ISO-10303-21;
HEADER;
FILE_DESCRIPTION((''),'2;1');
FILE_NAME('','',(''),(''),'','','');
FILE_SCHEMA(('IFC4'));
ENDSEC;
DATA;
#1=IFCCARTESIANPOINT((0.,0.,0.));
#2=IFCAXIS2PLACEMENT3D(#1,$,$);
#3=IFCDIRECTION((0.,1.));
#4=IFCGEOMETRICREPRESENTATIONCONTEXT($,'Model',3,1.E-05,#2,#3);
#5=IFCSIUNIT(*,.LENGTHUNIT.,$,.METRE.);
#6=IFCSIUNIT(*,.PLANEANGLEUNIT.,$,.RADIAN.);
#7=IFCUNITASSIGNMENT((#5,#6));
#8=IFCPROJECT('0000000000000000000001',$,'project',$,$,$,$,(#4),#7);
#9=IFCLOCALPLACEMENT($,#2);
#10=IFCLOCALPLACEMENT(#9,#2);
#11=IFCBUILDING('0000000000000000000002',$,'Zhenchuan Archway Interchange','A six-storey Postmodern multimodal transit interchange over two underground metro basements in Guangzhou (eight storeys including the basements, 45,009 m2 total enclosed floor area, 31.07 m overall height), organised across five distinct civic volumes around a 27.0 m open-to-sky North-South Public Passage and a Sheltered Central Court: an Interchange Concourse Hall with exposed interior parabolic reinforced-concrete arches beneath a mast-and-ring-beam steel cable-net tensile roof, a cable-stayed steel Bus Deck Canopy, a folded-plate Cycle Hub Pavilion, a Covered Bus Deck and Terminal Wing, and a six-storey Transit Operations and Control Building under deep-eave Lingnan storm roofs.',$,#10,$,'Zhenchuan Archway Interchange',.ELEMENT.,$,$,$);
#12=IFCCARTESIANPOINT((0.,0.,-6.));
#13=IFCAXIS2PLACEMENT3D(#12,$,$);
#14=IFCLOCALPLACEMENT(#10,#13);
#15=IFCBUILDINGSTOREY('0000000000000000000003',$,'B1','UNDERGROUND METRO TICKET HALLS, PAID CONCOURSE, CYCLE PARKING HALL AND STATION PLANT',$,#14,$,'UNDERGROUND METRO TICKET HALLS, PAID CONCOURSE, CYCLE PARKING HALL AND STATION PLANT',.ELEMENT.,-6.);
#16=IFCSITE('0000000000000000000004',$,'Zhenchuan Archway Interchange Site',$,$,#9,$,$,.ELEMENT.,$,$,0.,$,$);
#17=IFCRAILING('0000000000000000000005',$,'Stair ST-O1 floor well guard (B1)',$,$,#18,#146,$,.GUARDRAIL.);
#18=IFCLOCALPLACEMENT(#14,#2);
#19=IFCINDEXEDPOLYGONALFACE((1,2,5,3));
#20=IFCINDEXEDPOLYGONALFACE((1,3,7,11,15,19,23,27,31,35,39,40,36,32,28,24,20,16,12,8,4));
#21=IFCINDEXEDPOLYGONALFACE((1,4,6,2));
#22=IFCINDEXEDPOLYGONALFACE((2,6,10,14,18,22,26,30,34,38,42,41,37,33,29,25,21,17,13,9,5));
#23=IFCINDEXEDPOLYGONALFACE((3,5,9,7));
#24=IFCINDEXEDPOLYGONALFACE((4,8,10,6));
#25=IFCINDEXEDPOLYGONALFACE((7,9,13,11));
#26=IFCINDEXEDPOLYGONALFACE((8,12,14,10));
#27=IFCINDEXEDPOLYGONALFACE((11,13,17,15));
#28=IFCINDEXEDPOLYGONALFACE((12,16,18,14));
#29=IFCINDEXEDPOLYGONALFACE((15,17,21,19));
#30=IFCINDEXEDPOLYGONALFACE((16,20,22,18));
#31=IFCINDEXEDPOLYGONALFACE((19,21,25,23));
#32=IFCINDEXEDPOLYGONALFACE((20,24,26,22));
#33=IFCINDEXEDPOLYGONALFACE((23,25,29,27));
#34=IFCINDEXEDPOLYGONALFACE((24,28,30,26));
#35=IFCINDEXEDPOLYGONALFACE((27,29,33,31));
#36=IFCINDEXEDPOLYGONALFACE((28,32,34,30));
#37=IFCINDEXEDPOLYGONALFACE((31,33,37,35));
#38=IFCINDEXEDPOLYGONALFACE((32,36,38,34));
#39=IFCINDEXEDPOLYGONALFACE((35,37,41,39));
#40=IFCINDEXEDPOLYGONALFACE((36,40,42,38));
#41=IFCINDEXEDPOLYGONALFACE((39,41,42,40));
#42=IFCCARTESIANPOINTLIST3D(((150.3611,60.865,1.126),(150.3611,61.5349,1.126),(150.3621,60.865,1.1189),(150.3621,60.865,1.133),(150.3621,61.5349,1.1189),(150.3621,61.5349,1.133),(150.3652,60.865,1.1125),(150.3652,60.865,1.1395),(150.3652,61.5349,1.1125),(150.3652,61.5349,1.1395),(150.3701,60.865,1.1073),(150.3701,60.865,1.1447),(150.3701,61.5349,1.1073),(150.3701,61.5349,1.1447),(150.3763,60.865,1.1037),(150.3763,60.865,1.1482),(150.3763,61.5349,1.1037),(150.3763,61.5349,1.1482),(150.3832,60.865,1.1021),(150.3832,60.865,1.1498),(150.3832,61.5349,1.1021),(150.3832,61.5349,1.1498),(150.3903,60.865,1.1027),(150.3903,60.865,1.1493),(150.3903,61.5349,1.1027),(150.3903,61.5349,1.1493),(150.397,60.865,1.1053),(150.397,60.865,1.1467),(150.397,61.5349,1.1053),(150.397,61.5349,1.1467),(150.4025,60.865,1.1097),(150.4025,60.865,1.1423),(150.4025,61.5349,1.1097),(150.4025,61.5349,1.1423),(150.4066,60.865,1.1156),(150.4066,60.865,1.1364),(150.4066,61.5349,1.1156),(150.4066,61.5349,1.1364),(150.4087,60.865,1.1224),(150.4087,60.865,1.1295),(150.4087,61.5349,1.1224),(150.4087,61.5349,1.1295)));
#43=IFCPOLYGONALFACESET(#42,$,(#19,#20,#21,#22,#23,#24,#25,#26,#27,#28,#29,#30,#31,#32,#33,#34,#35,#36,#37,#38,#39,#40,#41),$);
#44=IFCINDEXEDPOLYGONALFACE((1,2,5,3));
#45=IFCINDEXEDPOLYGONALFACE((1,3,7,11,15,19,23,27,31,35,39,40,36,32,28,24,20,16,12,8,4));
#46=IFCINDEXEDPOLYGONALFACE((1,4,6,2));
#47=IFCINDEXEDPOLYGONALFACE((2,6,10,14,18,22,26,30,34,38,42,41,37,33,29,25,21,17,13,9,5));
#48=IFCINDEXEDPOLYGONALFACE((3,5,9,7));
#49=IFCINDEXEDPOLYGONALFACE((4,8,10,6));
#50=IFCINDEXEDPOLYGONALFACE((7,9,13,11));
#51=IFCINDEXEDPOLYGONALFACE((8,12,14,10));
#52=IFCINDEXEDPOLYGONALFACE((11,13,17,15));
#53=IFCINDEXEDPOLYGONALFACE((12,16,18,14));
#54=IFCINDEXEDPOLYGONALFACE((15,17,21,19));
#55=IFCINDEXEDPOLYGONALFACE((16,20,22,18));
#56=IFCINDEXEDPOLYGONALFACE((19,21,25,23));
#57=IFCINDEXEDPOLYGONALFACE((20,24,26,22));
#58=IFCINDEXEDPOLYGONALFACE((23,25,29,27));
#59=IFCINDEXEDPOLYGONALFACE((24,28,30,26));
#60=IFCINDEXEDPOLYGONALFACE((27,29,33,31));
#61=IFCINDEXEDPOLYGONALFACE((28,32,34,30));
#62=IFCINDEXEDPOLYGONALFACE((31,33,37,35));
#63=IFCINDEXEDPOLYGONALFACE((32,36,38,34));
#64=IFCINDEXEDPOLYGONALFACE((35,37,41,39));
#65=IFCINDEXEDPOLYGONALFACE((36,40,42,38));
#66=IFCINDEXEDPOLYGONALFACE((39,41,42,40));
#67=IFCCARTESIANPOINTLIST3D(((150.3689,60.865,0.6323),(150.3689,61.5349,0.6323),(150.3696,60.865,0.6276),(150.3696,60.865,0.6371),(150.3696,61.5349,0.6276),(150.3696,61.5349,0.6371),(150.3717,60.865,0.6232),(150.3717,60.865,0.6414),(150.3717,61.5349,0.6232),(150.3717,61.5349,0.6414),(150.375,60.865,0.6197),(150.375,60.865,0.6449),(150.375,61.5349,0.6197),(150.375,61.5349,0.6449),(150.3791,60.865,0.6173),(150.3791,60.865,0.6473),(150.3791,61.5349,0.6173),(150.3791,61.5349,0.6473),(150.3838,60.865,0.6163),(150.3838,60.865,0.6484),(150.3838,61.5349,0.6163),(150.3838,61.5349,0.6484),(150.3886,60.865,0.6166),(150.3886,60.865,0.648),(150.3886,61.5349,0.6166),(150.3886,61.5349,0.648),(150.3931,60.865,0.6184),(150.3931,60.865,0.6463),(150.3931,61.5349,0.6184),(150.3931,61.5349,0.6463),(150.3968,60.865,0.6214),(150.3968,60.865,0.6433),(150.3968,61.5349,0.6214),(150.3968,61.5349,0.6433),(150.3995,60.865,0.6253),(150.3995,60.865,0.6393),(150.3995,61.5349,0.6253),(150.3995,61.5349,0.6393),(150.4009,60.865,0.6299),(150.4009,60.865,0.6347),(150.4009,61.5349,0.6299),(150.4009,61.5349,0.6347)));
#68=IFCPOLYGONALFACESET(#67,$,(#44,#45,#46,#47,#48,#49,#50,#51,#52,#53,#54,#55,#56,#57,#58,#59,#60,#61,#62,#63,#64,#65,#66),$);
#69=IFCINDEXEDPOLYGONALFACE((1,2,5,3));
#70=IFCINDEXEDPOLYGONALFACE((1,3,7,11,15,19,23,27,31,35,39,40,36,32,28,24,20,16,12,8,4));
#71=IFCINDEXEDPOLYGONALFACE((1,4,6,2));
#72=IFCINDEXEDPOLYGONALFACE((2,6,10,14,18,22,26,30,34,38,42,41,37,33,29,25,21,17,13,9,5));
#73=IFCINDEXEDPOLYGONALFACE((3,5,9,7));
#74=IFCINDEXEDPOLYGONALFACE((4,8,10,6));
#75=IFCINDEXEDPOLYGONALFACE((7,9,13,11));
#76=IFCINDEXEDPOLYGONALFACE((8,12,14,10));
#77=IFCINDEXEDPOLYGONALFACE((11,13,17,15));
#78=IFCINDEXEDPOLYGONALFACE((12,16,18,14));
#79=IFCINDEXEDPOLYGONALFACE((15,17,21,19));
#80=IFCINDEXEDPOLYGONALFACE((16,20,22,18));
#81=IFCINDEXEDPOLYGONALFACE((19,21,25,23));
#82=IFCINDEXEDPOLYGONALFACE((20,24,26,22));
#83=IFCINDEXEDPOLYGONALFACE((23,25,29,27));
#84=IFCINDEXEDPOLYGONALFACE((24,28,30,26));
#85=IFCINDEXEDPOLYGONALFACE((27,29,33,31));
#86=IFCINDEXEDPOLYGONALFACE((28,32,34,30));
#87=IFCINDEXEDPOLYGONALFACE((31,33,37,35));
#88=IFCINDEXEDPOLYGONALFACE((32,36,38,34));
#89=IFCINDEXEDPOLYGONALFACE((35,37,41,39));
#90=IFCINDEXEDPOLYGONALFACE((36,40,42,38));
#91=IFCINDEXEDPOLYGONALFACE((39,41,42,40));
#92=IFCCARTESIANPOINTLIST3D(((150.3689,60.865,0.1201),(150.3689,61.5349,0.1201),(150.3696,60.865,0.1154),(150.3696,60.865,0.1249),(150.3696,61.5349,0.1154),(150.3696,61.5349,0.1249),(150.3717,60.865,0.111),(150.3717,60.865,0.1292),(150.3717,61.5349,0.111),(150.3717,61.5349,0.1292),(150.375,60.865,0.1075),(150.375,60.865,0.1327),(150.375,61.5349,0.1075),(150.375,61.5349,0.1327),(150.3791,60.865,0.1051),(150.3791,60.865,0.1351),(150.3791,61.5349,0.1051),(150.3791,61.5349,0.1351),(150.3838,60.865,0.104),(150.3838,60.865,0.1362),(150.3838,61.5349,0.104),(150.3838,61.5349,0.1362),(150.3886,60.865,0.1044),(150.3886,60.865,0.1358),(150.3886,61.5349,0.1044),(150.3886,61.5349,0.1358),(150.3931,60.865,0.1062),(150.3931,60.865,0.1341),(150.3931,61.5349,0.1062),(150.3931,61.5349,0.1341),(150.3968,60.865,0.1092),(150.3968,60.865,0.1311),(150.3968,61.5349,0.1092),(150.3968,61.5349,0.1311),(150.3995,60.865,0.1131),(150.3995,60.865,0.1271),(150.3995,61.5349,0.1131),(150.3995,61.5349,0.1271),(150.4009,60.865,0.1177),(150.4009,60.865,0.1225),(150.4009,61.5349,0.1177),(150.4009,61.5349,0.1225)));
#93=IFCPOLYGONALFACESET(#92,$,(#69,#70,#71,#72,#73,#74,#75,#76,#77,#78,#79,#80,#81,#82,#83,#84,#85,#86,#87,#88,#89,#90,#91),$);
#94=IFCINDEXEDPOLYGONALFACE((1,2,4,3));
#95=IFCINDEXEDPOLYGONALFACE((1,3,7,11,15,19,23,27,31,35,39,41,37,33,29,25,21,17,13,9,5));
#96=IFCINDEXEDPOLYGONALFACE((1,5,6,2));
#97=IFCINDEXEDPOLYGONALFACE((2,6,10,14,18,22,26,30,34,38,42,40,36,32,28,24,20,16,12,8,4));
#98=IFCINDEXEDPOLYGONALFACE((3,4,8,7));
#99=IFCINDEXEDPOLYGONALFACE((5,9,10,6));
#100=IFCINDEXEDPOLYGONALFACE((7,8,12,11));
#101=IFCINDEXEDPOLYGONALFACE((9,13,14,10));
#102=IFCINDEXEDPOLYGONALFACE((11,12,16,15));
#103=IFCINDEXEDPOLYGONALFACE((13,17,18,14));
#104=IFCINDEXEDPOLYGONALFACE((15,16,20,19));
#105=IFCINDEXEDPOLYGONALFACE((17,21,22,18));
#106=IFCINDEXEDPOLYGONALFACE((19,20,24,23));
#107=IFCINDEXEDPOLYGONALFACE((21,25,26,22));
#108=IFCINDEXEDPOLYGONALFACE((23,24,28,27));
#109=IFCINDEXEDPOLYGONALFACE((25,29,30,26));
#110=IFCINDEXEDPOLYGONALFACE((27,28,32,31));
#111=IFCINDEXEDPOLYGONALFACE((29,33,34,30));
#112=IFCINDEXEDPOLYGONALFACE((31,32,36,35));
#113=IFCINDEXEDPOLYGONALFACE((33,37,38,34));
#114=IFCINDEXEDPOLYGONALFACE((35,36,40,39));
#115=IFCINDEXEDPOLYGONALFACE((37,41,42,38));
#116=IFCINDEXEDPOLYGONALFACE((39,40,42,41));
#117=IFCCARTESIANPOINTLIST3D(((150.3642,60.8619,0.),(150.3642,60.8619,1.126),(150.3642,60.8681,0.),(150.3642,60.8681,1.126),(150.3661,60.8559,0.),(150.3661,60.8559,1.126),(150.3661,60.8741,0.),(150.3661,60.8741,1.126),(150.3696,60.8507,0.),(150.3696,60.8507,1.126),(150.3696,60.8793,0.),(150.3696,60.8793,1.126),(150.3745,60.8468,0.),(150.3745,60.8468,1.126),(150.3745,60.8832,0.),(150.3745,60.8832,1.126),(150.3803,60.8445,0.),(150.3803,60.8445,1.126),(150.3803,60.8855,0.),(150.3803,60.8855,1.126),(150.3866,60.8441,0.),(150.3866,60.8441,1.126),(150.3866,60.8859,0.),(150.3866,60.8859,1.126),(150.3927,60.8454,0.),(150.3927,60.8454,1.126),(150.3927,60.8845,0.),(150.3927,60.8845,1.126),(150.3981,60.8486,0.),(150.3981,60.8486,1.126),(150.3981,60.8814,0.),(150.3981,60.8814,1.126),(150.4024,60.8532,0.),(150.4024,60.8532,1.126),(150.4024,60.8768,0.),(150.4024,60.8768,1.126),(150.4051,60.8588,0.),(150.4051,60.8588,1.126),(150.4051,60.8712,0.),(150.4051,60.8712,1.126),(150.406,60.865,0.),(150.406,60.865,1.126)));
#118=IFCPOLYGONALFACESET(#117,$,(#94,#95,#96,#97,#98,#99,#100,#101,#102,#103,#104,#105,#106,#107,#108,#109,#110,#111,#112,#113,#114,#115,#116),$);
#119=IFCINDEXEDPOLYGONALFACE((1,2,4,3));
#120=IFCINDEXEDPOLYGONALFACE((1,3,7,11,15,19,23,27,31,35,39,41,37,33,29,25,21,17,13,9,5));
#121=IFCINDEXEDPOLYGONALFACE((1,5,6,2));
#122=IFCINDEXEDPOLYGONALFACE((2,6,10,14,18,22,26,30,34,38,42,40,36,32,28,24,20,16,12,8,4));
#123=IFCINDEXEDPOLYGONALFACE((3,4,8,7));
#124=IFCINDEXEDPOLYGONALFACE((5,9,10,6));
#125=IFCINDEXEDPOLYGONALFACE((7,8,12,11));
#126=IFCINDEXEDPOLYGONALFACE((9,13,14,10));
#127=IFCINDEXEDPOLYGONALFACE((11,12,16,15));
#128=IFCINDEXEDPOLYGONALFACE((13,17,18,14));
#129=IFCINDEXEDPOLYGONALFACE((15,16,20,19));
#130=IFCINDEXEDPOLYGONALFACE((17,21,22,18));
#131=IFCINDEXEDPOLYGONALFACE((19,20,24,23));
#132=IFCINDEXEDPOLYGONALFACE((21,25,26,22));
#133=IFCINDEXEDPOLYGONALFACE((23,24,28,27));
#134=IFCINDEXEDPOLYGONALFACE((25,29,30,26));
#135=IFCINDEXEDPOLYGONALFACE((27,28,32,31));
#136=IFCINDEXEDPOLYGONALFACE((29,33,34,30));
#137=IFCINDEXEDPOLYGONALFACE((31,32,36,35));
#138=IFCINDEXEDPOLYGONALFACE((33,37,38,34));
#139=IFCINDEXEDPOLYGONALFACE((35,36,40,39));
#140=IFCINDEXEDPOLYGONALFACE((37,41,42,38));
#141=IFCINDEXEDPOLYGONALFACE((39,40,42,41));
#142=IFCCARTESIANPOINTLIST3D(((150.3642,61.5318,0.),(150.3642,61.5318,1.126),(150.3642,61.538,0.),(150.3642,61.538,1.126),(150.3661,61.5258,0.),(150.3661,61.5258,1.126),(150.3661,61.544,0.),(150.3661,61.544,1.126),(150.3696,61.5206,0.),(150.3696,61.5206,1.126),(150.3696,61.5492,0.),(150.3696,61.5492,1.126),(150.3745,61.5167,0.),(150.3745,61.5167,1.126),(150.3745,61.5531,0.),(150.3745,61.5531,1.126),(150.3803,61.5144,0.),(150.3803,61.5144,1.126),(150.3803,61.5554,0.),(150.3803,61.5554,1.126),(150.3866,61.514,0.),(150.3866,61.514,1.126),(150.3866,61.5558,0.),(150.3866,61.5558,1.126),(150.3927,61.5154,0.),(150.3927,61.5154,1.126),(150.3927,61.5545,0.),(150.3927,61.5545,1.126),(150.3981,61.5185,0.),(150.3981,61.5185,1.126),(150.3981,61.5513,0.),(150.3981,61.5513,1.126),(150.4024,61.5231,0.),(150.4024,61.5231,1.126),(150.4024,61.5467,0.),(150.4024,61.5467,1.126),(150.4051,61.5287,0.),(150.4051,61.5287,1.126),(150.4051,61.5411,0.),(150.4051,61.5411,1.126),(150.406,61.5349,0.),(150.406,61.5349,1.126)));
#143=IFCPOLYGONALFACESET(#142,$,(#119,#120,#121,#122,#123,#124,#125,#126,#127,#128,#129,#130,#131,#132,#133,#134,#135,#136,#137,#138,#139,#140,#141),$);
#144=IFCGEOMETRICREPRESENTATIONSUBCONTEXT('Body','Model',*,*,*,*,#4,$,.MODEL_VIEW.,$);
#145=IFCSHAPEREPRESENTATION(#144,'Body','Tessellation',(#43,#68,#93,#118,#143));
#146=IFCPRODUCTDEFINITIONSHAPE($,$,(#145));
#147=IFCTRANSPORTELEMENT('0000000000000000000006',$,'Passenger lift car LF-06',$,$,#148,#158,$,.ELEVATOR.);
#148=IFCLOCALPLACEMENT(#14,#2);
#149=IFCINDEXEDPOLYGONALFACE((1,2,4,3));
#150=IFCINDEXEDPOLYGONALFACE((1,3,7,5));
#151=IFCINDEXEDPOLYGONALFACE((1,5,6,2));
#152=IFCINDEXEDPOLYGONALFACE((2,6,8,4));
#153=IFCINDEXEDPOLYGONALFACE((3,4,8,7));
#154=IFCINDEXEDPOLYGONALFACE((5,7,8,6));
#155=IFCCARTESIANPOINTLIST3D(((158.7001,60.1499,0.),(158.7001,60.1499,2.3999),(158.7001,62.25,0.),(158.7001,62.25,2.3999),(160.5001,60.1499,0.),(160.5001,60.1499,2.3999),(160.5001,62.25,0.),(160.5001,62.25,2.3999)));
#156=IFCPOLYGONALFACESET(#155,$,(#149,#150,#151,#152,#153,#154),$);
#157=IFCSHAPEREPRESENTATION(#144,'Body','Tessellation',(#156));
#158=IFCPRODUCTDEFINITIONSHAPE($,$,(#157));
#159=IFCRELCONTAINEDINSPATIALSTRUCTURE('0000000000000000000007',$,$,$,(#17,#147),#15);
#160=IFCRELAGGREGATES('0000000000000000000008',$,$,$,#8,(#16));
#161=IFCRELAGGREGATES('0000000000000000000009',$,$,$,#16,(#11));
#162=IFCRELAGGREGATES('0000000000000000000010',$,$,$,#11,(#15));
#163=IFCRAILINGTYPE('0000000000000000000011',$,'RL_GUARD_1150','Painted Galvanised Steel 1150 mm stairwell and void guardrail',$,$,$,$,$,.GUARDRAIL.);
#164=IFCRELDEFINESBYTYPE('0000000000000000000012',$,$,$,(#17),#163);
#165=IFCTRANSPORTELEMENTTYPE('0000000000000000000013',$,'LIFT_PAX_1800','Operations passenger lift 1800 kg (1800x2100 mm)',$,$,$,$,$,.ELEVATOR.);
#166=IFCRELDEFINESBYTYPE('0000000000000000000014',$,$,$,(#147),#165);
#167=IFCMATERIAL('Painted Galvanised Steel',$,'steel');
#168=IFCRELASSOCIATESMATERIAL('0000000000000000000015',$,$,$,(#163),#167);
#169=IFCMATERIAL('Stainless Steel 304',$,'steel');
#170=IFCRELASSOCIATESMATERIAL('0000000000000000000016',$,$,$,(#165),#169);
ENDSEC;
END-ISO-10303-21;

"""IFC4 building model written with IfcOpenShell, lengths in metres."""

from ifc_helpers import new_model, si_unit, direction, frame, origin, origin_2d, place, context, subcontext, project, spatial, rectangle, circle, extrude, material, type_object, element, save


model = new_model("IFC4")

# Units and contexts
model_context = context("Model", 3, precision=1e-05, world=origin(), true_north=direction((0.0, 1.0)))
body_context = subcontext(model_context, "Body", "Model", "MODEL_VIEW")
ifc_project = project(units=[si_unit("LENGTHUNIT", "METRE"), si_unit("PLANEANGLEUNIT", "RADIAN")], contexts=[model_context])

# Site, building, storey
site_placement = place(None, origin())
site = spatial("IfcSite", under=ifc_project, at=site_placement, Name="Zhenchuan Archway Interchange Site", CompositionType="ELEMENT", RefElevation=0.0)
building_placement = place(site_placement, origin())
building = spatial("IfcBuilding", under=site, at=building_placement, Name="Zhenchuan Archway Interchange", Description="A six-storey Postmodern multimodal transit interchange over two underground metro basements in Guangzhou (eight storeys including the basements, 45,009 m2 total enclosed floor area, 31.07 m overall height), organised across five distinct civic volumes around a 27.0 m open-to-sky North-South Public Passage and a Sheltered Central Court: an Interchange Concourse Hall with exposed interior parabolic reinforced-concrete arches beneath a mast-and-ring-beam steel cable-net tensile roof, a cable-stayed steel Bus Deck Canopy, a folded-plate Cycle Hub Pavilion, a Covered Bus Deck and Terminal Wing, and a six-storey Transit Operations and Control Building under deep-eave Lingnan storm roofs.", LongName="Zhenchuan Archway Interchange", CompositionType="ELEMENT")
storey_placement = place(building_placement, frame((0.0, 0.0, -6.0)))
storey = spatial("IfcBuildingStorey", under=building, at=storey_placement, Name="B1", Description="UNDERGROUND METRO TICKET HALLS, PAID CONCOURSE, CYCLE PARKING HALL AND STATION PLANT", LongName="UNDERGROUND METRO TICKET HALLS, PAID CONCOURSE, CYCLE PARKING HALL AND STATION PLANT", CompositionType="ELEMENT", Elevation=-6.0)

# Shared definitions
ifc_material_1 = material(Name="Painted Galvanised Steel", Category="steel")
ifc_material_2 = material(Name="Stainless Steel 304", Category="steel")

# Railing
railing_type_1 = type_object("IfcRailingType", Name="RL_GUARD_1150", Description="Painted Galvanised Steel 1150 mm stairwell and void guardrail", PredefinedType="GUARDRAIL", material=ifc_material_1)
for number, where, name in (
    (1, (150.385, 60.865, 0.0), "Stair ST-O1 floor well guard (B1)"),
):
    element("IfcRailing", number, at=place(storey_placement, frame(where)), inside=storey, type_object=railing_type_1, Name=name, PredefinedType="GUARDRAIL", context=body_context, shape_type="SweptSolid", body=[
        extrude(circle(Radius=0.0239, at=origin_2d()), frame((0.0, 0.0, 1.126), z_axis=(0.0, 1.0, 0.0), x_axis=(-1.0, 0.0, 0.0)), (0.0, 0.0, 1.0), 0.6699),
        extrude(circle(Radius=0.0161, at=origin_2d()), frame((0.0, 0.0, 0.6323), z_axis=(0.0, 1.0, 0.0), x_axis=(-1.0, 0.0, 0.0)), (0.0, 0.0, 1.0), 0.6699),
        extrude(circle(Radius=0.0161, at=origin_2d()), frame((0.0, 0.0, 0.1201), z_axis=(0.0, 1.0, 0.0), x_axis=(-1.0, 0.0, 0.0)), (0.0, 0.0, 1.0), 0.6699),
        extrude(circle(Radius=0.021, at=origin_2d()), origin(), (0.0, 0.0, 1.0), 1.126),
        extrude(circle(Radius=0.021, at=origin_2d()), frame((0.0, 0.6699, 0.0)), (0.0, 0.0, 1.0), 1.126),
    ])

# Transport element
transport_element_type = type_object("IfcTransportElementType", Name="LIFT_PAX_1800", Description="Operations passenger lift 1800 kg (1800x2100 mm)", PredefinedType="ELEVATOR", material=ifc_material_2)
transport_element_placement = place(storey_placement, frame((159.6001, 61.2, 0.0), z_axis=(0.0, 0.0, 1.0), x_axis=(1.0, 0.0, 0.0)))
element("IfcTransportElement", 2, at=transport_element_placement, inside=storey, type_object=transport_element_type, Name="Passenger lift car LF-06", PredefinedType="ELEVATOR", context=body_context, shape_type="SweptSolid", body=[
    extrude(rectangle(XDim=1.8, YDim=2.1001, at=origin_2d()), origin(), (0.0, 0.0, 1.0), 2.3999),
])

save(model, "model.ifc")
